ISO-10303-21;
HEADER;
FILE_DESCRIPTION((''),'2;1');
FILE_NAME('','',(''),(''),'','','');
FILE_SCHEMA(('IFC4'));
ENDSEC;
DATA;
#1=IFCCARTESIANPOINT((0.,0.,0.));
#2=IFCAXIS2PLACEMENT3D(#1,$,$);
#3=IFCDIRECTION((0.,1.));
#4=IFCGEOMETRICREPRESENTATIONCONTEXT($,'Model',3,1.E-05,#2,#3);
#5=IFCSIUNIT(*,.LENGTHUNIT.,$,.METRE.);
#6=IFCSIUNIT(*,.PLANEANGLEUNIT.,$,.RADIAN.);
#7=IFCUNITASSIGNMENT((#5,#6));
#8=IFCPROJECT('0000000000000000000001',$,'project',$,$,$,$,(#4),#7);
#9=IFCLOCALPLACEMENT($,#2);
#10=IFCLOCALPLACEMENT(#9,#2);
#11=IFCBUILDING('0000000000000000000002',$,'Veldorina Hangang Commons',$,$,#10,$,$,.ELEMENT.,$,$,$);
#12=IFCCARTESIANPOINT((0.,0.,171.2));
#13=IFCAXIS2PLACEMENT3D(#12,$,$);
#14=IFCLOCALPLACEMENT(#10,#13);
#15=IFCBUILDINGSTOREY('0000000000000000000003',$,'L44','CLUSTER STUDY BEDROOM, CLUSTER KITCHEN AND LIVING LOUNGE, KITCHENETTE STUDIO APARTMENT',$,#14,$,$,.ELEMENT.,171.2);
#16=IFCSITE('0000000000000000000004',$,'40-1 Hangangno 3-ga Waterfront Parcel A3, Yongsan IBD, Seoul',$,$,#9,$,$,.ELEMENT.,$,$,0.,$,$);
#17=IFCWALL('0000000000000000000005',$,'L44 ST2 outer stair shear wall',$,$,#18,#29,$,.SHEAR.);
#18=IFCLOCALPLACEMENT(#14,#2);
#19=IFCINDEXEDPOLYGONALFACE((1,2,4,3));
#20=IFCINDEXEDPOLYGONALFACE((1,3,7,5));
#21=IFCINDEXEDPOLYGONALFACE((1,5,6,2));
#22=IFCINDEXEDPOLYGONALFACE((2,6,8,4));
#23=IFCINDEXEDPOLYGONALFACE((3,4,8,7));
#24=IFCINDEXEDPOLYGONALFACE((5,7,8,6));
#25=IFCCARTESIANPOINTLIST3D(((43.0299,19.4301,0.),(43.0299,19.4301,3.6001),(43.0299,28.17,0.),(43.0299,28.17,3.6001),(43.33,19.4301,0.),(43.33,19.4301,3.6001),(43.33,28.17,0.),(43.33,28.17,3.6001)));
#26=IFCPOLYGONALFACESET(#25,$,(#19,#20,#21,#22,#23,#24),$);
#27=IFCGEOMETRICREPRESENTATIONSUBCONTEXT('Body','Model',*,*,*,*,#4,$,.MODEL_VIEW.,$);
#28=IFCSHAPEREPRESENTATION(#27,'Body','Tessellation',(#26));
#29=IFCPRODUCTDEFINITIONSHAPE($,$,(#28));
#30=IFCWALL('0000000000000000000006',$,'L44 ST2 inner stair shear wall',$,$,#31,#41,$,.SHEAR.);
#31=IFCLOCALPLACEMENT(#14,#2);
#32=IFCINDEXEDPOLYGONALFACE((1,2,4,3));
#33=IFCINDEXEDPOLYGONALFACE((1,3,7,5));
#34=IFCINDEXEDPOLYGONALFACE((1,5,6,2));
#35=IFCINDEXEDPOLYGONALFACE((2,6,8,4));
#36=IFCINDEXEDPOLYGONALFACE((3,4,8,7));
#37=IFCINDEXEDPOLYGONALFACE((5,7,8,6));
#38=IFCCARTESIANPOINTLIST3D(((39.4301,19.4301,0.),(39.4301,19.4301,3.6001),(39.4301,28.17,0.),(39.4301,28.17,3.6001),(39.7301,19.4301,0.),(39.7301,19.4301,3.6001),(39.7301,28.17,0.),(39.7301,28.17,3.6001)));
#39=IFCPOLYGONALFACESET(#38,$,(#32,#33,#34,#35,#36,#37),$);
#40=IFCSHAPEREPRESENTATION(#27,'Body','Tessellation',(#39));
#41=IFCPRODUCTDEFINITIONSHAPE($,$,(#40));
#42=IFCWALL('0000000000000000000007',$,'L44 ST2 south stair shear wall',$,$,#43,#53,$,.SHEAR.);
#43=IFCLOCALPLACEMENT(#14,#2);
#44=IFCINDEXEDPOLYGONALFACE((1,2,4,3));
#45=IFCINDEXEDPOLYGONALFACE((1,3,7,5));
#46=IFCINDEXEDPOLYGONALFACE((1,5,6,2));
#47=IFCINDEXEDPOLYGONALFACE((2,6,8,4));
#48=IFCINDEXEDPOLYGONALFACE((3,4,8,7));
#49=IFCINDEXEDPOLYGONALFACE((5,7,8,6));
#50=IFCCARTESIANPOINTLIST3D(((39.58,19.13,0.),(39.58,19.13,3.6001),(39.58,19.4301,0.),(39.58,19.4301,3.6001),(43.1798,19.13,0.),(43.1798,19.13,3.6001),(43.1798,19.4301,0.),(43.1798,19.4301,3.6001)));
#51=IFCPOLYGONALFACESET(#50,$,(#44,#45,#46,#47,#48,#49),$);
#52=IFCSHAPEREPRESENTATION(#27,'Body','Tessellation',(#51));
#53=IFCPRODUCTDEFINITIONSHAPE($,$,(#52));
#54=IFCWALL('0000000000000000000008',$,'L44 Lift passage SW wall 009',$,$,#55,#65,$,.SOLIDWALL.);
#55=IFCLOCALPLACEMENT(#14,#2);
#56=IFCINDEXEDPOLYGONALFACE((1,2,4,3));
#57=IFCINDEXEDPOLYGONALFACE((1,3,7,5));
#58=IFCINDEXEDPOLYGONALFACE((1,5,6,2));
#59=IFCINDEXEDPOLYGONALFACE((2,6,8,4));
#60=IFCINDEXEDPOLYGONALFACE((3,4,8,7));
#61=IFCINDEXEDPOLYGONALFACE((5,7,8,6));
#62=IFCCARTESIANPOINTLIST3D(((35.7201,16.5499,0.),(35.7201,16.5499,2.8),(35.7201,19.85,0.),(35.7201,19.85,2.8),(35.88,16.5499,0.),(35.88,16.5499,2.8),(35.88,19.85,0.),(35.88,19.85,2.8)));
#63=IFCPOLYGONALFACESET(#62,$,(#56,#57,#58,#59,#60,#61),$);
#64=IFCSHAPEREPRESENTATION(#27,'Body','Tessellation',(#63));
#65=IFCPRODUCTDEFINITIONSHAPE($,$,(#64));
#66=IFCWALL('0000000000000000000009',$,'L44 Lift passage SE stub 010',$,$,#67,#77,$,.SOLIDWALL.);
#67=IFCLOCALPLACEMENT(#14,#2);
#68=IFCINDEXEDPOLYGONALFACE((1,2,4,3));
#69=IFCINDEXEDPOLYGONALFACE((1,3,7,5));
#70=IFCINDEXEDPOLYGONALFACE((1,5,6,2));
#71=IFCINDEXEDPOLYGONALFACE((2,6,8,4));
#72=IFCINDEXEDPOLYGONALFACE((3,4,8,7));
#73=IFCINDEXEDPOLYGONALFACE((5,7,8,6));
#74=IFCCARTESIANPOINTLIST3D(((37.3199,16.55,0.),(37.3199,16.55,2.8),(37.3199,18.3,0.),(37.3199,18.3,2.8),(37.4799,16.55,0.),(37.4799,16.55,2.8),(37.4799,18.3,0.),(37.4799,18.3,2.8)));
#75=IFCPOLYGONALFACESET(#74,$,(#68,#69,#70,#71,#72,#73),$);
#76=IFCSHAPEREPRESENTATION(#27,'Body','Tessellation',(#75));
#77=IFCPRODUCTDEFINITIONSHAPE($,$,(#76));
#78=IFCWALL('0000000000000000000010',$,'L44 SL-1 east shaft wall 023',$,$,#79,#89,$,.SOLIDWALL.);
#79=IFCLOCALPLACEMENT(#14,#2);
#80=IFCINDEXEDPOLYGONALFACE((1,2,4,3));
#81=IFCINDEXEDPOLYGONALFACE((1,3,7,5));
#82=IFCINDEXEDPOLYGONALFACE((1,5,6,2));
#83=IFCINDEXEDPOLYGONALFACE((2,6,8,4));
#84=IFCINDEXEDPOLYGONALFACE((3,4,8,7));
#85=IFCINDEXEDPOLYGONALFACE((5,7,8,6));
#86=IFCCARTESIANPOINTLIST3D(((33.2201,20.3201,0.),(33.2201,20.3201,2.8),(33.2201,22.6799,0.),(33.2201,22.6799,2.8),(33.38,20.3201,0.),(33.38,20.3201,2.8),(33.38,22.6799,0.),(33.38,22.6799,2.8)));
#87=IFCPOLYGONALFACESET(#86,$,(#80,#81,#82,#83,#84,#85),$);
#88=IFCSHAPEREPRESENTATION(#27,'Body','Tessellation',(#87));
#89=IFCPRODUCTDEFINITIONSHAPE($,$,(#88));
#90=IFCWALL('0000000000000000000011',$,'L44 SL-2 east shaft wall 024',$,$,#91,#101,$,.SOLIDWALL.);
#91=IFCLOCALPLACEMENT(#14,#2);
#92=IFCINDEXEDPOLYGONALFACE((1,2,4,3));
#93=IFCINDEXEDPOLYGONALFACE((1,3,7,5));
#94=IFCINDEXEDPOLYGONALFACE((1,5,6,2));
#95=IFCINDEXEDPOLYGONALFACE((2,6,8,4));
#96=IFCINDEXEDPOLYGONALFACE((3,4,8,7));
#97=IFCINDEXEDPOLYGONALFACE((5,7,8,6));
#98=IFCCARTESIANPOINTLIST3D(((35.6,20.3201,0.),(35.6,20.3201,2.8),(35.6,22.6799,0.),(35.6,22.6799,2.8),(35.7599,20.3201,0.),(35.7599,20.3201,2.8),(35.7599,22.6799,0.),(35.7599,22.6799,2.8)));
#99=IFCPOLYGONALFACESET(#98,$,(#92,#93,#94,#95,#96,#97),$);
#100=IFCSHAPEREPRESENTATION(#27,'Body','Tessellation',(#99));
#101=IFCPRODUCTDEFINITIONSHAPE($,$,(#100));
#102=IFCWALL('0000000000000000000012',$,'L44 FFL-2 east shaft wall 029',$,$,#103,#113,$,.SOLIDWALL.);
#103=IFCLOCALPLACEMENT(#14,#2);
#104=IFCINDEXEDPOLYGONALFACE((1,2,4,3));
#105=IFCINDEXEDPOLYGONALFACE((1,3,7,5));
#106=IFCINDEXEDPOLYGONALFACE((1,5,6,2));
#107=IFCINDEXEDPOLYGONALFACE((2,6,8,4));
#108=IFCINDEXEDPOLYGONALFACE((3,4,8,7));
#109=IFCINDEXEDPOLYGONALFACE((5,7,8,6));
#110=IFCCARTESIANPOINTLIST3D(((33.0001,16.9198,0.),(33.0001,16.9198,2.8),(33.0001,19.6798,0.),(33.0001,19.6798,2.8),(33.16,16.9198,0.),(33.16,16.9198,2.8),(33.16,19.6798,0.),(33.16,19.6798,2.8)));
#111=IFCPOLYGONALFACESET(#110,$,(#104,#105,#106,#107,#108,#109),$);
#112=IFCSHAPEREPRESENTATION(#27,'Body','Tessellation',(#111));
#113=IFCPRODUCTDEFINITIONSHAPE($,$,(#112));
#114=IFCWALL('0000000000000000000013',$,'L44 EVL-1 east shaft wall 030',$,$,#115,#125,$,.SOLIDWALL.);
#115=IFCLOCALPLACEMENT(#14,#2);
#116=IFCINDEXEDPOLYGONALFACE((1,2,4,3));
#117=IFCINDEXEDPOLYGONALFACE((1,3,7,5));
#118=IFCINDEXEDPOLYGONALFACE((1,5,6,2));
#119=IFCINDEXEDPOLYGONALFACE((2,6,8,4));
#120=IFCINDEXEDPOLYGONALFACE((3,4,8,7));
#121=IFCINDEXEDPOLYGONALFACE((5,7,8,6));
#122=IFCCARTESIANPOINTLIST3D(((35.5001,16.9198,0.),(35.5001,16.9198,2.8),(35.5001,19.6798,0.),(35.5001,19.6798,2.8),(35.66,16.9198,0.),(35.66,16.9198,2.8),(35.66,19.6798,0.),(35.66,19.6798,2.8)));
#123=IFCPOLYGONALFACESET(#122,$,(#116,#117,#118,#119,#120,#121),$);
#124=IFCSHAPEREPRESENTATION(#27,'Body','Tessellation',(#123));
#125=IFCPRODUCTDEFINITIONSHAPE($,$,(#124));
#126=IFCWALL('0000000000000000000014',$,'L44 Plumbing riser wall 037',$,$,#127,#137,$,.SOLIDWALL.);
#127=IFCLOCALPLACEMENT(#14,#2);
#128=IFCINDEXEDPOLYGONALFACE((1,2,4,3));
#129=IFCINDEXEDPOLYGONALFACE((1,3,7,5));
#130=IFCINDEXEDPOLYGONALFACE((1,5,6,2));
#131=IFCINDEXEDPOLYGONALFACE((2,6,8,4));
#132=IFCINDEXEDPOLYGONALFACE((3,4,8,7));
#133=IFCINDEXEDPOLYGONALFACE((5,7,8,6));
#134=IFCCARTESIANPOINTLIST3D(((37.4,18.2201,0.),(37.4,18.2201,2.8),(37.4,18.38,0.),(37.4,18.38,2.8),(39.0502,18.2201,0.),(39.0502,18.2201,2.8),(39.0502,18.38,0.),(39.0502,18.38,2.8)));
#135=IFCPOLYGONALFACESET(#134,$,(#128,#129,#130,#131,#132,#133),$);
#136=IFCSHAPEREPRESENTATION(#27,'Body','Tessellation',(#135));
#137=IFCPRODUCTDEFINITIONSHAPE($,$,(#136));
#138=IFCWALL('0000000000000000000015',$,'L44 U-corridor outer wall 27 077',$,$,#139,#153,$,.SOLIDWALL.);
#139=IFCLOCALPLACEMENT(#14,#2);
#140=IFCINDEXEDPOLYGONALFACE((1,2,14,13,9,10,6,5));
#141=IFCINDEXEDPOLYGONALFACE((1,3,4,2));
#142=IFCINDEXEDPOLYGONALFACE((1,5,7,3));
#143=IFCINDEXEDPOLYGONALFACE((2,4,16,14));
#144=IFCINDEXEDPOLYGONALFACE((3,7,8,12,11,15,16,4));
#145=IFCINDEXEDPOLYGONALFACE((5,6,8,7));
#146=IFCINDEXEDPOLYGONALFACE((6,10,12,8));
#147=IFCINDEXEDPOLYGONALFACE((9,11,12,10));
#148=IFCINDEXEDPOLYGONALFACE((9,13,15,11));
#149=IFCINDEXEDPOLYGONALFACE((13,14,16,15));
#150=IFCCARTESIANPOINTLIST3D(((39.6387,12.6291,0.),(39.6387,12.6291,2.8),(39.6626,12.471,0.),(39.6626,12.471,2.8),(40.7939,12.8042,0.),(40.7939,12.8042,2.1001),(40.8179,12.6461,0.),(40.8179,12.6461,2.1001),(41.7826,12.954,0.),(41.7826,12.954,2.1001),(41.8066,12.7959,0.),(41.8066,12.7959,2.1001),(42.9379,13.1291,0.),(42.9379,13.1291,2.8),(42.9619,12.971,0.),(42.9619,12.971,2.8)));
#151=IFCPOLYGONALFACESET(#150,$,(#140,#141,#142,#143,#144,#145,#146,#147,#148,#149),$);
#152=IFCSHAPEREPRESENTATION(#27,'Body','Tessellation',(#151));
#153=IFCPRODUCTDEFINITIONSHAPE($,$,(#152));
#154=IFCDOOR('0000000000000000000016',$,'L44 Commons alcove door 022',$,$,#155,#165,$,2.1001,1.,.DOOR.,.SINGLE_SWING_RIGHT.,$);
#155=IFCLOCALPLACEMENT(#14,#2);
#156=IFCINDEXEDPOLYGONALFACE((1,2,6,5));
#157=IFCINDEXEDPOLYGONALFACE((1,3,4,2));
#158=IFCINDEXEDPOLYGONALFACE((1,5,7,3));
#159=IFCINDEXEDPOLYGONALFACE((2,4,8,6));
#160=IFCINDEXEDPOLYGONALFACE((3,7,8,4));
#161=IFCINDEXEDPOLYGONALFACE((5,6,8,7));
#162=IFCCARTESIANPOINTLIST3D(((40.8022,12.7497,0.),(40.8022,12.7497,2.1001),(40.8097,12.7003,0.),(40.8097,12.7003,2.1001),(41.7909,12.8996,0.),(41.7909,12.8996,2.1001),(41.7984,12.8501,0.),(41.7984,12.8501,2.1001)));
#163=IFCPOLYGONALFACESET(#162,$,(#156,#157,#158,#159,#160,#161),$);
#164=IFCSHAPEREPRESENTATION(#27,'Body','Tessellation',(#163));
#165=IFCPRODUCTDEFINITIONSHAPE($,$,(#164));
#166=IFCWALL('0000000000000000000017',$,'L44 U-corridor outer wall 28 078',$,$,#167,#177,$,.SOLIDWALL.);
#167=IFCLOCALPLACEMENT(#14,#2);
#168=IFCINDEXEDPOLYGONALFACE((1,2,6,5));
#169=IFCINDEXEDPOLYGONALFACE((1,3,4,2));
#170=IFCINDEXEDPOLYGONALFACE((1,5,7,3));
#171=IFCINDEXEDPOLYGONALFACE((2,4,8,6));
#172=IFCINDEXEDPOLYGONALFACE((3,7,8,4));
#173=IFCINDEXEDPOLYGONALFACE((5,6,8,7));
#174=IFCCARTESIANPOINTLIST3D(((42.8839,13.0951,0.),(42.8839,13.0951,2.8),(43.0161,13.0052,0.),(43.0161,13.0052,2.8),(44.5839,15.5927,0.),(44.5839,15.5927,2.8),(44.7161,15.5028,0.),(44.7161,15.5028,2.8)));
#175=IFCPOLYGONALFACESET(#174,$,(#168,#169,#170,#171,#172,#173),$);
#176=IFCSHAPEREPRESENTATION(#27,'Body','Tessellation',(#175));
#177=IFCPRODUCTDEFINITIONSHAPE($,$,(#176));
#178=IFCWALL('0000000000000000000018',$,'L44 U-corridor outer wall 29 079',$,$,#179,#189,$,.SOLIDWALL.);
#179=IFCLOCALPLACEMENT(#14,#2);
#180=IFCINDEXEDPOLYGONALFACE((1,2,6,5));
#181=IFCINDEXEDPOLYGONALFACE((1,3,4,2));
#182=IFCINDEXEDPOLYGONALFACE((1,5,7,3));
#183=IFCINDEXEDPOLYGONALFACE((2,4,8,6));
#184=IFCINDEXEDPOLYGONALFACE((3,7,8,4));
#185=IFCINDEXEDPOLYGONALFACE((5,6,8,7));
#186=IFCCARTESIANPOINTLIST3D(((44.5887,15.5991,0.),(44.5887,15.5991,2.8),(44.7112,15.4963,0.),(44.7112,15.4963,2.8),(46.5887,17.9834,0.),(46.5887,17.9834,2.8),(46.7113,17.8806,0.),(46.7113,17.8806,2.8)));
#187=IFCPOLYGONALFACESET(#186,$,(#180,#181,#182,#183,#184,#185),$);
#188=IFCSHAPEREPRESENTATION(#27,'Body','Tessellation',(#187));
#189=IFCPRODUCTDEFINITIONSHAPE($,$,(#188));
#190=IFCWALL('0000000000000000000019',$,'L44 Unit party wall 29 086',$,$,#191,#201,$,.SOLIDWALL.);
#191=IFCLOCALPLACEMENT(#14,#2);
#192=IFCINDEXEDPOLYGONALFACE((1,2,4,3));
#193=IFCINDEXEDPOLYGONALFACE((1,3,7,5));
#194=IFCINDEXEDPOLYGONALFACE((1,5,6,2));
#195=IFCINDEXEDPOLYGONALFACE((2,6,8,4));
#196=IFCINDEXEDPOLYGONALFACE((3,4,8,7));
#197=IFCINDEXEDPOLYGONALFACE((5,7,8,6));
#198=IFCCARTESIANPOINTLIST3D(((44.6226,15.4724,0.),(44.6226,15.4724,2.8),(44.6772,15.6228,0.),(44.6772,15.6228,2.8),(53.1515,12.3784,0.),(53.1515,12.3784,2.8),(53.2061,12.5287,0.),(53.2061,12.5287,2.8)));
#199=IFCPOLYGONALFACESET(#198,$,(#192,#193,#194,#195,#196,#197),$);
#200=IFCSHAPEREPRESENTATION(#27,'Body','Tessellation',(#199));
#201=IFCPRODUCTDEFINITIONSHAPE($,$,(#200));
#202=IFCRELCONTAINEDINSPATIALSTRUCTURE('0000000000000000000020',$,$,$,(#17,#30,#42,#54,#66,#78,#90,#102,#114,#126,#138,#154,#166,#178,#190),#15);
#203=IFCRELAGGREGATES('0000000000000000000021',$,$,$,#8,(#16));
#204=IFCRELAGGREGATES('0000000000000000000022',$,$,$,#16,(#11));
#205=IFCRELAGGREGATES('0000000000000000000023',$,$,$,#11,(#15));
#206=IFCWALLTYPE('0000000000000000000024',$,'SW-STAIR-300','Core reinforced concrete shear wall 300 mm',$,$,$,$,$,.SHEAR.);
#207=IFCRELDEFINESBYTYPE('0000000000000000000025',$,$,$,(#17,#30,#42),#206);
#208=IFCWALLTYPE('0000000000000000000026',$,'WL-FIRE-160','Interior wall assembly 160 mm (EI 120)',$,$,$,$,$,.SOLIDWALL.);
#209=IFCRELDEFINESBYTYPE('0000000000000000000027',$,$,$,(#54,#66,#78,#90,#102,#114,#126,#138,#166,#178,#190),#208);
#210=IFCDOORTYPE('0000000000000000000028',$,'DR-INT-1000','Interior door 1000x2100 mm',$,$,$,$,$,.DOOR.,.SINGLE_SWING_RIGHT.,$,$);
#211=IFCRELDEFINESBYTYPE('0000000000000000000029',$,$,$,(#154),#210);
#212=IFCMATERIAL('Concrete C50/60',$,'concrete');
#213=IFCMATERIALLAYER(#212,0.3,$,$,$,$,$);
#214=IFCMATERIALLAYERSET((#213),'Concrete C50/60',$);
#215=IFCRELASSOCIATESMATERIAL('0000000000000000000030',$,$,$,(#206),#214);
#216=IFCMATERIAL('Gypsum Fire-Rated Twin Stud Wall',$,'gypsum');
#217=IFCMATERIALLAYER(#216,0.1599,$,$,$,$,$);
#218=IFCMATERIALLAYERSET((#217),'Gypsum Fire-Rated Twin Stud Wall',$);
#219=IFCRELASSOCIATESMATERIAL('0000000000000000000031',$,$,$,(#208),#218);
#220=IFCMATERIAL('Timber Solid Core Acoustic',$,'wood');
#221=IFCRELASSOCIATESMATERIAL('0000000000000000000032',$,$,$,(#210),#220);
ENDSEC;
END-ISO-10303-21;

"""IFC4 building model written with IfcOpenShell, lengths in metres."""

from ifc_helpers import new_model, si_unit, direction, frame, frame_2d, origin, place, context, subcontext, project, spatial, rectangle, extrude, material, layer, layer_set, type_object, element, fill, save


model = new_model("IFC4")

# Units and contexts
model_context = context("Model", 3, precision=1e-05, world=origin(), true_north=direction((0.0, 1.0)))
body_context = subcontext(model_context, "Body", "Model", "MODEL_VIEW")
ifc_project = project(units=[si_unit("LENGTHUNIT", "METRE"), si_unit("PLANEANGLEUNIT", "RADIAN")], contexts=[model_context])

# Site, building, storey
site_placement = place(None, origin())
site = spatial("IfcSite", under=ifc_project, at=site_placement, Name="40-1 Hangangno 3-ga Waterfront Parcel A3, Yongsan IBD, Seoul", CompositionType="ELEMENT", RefElevation=0.0)
building_placement = place(site_placement, origin())
building = spatial("IfcBuilding", under=site, at=building_placement, Name="Veldorina Hangang Commons", CompositionType="ELEMENT")
storey_placement = place(building_placement, frame((0.0, 0.0, 171.2)))
storey = spatial("IfcBuildingStorey", under=building, at=storey_placement, Name="L44", Description="CLUSTER STUDY BEDROOM, CLUSTER KITCHEN AND LIVING LOUNGE, KITCHENETTE STUDIO APARTMENT", CompositionType="ELEMENT", Elevation=171.2)

# Walls
ifc_material_1 = material(Name="Concrete C50/60", Category="concrete")
ifc_layer_1 = layer(ifc_material_1, 0.3)
ifc_layer_set_1 = layer_set([ifc_layer_1], Name="Concrete C50/60")
wall_type_1 = type_object("IfcWallType", Name="SW-STAIR-300", Description="Core reinforced concrete shear wall 300 mm", PredefinedType="SHEAR", material=ifc_layer_set_1)
for number, where, z_axis, x_axis, name in (
    (1, (43.1799, 19.4299, 0.0), (0.0, 0.0, 1.0), (0.0, 1.0, 0.0), "L44 ST2 outer stair shear wall"),
    (2, (39.5801, 19.4299, 0.0), (0.0, 0.0, 1.0), (0.0, 1.0, 0.0), "L44 ST2 inner stair shear wall"),
):
    element("IfcWall", number, at=place(storey_placement, frame(where, z_axis=z_axis, x_axis=x_axis)), inside=storey, type_object=wall_type_1, Name=name, PredefinedType="SHEAR", context=body_context, shape_type="SweptSolid", body=[
        extrude(rectangle(XDim=8.74, YDim=0.3, at=frame_2d((4.3701, 0.0))), origin(), (0.0, 0.0, 1.0), 3.6001),
    ])
wall_1_placement = place(storey_placement, frame((39.5801, 19.28, 0.0), z_axis=(0.0, 0.0, 1.0), x_axis=(1.0, 0.0, 0.0)))
element("IfcWall", 3, at=wall_1_placement, inside=storey, type_object=wall_type_1, Name="L44 ST2 south stair shear wall", PredefinedType="SHEAR", context=body_context, shape_type="SweptSolid", body=[
    extrude(rectangle(XDim=3.5999, YDim=0.3, at=frame_2d((1.7998, 0.0))), origin(), (0.0, 0.0, 1.0), 3.6001),
])
ifc_material_2 = material(Name="Gypsum Fire-Rated Twin Stud Wall", Category="gypsum")
ifc_layer_2 = layer(ifc_material_2, 0.1599)
ifc_layer_set_2 = layer_set([ifc_layer_2], Name="Gypsum Fire-Rated Twin Stud Wall")
wall_type_2 = type_object("IfcWallType", Name="WL-FIRE-160", Description="Interior wall assembly 160 mm (EI 120)", PredefinedType="SOLIDWALL", material=ifc_layer_set_2)
wall_2_placement = place(storey_placement, frame((35.8, 16.55, 0.0), z_axis=(0.0, 0.0, 1.0), x_axis=(0.0, 1.0, 0.0)))
element("IfcWall", 4, at=wall_2_placement, inside=storey, type_object=wall_type_2, Name="L44 Lift passage SW wall 009", PredefinedType="SOLIDWALL", context=body_context, shape_type="SweptSolid", body=[
    extrude(rectangle(XDim=3.3, YDim=0.1599, at=frame_2d((1.6499, 0.0))), origin(), (0.0, 0.0, 1.0), 2.8),
])
wall_3_placement = place(storey_placement, frame((37.3999, 16.55, 0.0), z_axis=(0.0, 0.0, 1.0), x_axis=(0.0, 1.0, 0.0)))
element("IfcWall", 5, at=wall_3_placement, inside=storey, type_object=wall_type_2, Name="L44 Lift passage SE stub 010", PredefinedType="SOLIDWALL", context=body_context, shape_type="SweptSolid", body=[
    extrude(rectangle(XDim=1.75, YDim=0.1599, at=frame_2d((0.875, 0.0))), origin(), (0.0, 0.0, 1.0), 2.8),
])
for number, where, z_axis, x_axis, name in (
    (6, (33.3, 20.3201, 0.0), (0.0, 0.0, 1.0), (0.0, 1.0, 0.0), "L44 SL-1 east shaft wall 023"),
    (7, (35.6799, 20.3201, 0.0), (0.0, 0.0, 1.0), (0.0, 1.0, 0.0), "L44 SL-2 east shaft wall 024"),
):
    element("IfcWall", number, at=place(storey_placement, frame(where, z_axis=z_axis, x_axis=x_axis)), inside=storey, type_object=wall_type_2, Name=name, PredefinedType="SOLIDWALL", context=body_context, shape_type="SweptSolid", body=[
        extrude(rectangle(XDim=2.3599, YDim=0.1599, at=frame_2d((1.1799, 0.0))), origin(), (0.0, 0.0, 1.0), 2.8),
    ])
for number, where, z_axis, x_axis, name in (
    (8, (33.0801, 16.9199, 0.0), (0.0, 0.0, 1.0), (0.0, 1.0, 0.0), "L44 FFL-2 east shaft wall 029"),
    (9, (35.5801, 16.9199, 0.0), (0.0, 0.0, 1.0), (0.0, 1.0, 0.0), "L44 EVL-1 east shaft wall 030"),
):
    element("IfcWall", number, at=place(storey_placement, frame(where, z_axis=z_axis, x_axis=x_axis)), inside=storey, type_object=wall_type_2, Name=name, PredefinedType="SOLIDWALL", context=body_context, shape_type="SweptSolid", body=[
        extrude(rectangle(XDim=2.76, YDim=0.1599, at=frame_2d((1.3799, 0.0))), origin(), (0.0, 0.0, 1.0), 2.8),
    ])
wall_4_placement = place(storey_placement, frame((37.3999, 18.3, 0.0), z_axis=(0.0, 0.0, 1.0), x_axis=(1.0, 0.0, 0.0)))
element("IfcWall", 10, at=wall_4_placement, inside=storey, type_object=wall_type_2, Name="L44 Plumbing riser wall 037", PredefinedType="SOLIDWALL", context=body_context, shape_type="SweptSolid", body=[
    extrude(rectangle(XDim=1.6501, YDim=0.1599, at=frame_2d((0.8252, 0.0))), origin(), (0.0, 0.0, 1.0), 2.8),
])

# Wall, opening, door
wall_5_placement = place(storey_placement, frame((39.6506, 12.55, 0.0), z_axis=(0.0, 0.0, 1.0), x_axis=(0.988711, 0.149836, 0.0)))
wall_5 = element("IfcWall", 11, at=wall_5_placement, inside=storey, type_object=wall_type_2, Name="L44 U-corridor outer wall 27 077", PredefinedType="SOLIDWALL", context=body_context, shape_type="SweptSolid", body=[
    extrude(rectangle(XDim=3.3369, YDim=0.1599, at=frame_2d((1.6685, 0.0))), origin(), (0.0, 0.0, 1.0), 2.8),
])
opening_1_placement = place(wall_5_placement, frame((1.1685, 0.0, 0.0)))
opening_1 = element("IfcOpeningElement", 12, at=opening_1_placement, cuts=wall_5, PredefinedType="OPENING", context=body_context, shape_type="SweptSolid", body=[
    extrude(rectangle(XDim=1.0, YDim=2.1001, at=frame_2d((0.5, 1.05))), frame((0.0, 0.0898, 0.0), z_axis=(0.0, -1.0, 0.0), x_axis=(1.0, 0.0, 0.0)), (0.0, 0.0, 1.0), 0.1799),
])
ifc_material_3 = material(Name="Timber Solid Core Acoustic", Category="wood")
door_type_1 = type_object("IfcDoorType", Name="DR-INT-1000", Description="Interior door 1000x2100 mm", OperationType="SINGLE_SWING_RIGHT", PredefinedType="DOOR", material=ifc_material_3)
door_1_placement = place(opening_1_placement, origin())
door_1 = element("IfcDoor", 13, at=door_1_placement, inside=storey, type_object=door_type_1, Name="L44 Commons alcove door 022", OperationType="SINGLE_SWING_RIGHT", OverallHeight=2.1001, OverallWidth=1.0, PredefinedType="DOOR", context=body_context, shape_type="SweptSolid", body=[
    extrude(rectangle(XDim=1.0, YDim=2.1001, at=frame_2d((0.5, 1.05))), frame((0.0, 0.0249, 0.0), z_axis=(0.0, -1.0, 0.0), x_axis=(1.0, 0.0, 0.0)), (0.0, 0.0, 1.0), 0.05),
])
fill(opening_1, door_1)

# Walls
wall_6_placement = place(storey_placement, frame((42.95, 13.05, 0.0), z_axis=(0.0, 0.0, 1.0), x_axis=(0.562675, 0.826678, 0.0)))
element("IfcWall", 14, at=wall_6_placement, inside=storey, type_object=wall_type_2, Name="L44 U-corridor outer wall 28 078", PredefinedType="SOLIDWALL", context=body_context, shape_type="SweptSolid", body=[
    extrude(rectangle(XDim=3.0212, YDim=0.1599, at=frame_2d((1.5107, 0.0))), origin(), (0.0, 0.0, 1.0), 2.8),
])
wall_7_placement = place(storey_placement, frame((44.6499, 15.5476, 0.0), z_axis=(0.0, 0.0, 1.0), x_axis=(0.642666, 0.766147, 0.0)))
element("IfcWall", 15, at=wall_7_placement, inside=storey, type_object=wall_type_2, Name="L44 U-corridor outer wall 29 079", PredefinedType="SOLIDWALL", context=body_context, shape_type="SweptSolid", body=[
    extrude(rectangle(XDim=3.1121, YDim=0.1599, at=frame_2d((1.5562, 0.0))), origin(), (0.0, 0.0, 1.0), 2.8),
])
wall_8_placement = place(storey_placement, frame((44.6499, 15.5476, 0.0), z_axis=(0.0, 0.0, 1.0), x_axis=(0.940055, -0.341023, 0.0)))
element("IfcWall", 16, at=wall_8_placement, inside=storey, type_object=wall_type_2, Name="L44 Unit party wall 29 086", PredefinedType="SOLIDWALL", context=body_context, shape_type="SweptSolid", body=[
    extrude(rectangle(XDim=9.0728, YDim=0.1599, at=frame_2d((4.5364, 0.0))), origin(), (0.0, 0.0, 1.0), 2.8),
])

save(model, "model.ifc")
